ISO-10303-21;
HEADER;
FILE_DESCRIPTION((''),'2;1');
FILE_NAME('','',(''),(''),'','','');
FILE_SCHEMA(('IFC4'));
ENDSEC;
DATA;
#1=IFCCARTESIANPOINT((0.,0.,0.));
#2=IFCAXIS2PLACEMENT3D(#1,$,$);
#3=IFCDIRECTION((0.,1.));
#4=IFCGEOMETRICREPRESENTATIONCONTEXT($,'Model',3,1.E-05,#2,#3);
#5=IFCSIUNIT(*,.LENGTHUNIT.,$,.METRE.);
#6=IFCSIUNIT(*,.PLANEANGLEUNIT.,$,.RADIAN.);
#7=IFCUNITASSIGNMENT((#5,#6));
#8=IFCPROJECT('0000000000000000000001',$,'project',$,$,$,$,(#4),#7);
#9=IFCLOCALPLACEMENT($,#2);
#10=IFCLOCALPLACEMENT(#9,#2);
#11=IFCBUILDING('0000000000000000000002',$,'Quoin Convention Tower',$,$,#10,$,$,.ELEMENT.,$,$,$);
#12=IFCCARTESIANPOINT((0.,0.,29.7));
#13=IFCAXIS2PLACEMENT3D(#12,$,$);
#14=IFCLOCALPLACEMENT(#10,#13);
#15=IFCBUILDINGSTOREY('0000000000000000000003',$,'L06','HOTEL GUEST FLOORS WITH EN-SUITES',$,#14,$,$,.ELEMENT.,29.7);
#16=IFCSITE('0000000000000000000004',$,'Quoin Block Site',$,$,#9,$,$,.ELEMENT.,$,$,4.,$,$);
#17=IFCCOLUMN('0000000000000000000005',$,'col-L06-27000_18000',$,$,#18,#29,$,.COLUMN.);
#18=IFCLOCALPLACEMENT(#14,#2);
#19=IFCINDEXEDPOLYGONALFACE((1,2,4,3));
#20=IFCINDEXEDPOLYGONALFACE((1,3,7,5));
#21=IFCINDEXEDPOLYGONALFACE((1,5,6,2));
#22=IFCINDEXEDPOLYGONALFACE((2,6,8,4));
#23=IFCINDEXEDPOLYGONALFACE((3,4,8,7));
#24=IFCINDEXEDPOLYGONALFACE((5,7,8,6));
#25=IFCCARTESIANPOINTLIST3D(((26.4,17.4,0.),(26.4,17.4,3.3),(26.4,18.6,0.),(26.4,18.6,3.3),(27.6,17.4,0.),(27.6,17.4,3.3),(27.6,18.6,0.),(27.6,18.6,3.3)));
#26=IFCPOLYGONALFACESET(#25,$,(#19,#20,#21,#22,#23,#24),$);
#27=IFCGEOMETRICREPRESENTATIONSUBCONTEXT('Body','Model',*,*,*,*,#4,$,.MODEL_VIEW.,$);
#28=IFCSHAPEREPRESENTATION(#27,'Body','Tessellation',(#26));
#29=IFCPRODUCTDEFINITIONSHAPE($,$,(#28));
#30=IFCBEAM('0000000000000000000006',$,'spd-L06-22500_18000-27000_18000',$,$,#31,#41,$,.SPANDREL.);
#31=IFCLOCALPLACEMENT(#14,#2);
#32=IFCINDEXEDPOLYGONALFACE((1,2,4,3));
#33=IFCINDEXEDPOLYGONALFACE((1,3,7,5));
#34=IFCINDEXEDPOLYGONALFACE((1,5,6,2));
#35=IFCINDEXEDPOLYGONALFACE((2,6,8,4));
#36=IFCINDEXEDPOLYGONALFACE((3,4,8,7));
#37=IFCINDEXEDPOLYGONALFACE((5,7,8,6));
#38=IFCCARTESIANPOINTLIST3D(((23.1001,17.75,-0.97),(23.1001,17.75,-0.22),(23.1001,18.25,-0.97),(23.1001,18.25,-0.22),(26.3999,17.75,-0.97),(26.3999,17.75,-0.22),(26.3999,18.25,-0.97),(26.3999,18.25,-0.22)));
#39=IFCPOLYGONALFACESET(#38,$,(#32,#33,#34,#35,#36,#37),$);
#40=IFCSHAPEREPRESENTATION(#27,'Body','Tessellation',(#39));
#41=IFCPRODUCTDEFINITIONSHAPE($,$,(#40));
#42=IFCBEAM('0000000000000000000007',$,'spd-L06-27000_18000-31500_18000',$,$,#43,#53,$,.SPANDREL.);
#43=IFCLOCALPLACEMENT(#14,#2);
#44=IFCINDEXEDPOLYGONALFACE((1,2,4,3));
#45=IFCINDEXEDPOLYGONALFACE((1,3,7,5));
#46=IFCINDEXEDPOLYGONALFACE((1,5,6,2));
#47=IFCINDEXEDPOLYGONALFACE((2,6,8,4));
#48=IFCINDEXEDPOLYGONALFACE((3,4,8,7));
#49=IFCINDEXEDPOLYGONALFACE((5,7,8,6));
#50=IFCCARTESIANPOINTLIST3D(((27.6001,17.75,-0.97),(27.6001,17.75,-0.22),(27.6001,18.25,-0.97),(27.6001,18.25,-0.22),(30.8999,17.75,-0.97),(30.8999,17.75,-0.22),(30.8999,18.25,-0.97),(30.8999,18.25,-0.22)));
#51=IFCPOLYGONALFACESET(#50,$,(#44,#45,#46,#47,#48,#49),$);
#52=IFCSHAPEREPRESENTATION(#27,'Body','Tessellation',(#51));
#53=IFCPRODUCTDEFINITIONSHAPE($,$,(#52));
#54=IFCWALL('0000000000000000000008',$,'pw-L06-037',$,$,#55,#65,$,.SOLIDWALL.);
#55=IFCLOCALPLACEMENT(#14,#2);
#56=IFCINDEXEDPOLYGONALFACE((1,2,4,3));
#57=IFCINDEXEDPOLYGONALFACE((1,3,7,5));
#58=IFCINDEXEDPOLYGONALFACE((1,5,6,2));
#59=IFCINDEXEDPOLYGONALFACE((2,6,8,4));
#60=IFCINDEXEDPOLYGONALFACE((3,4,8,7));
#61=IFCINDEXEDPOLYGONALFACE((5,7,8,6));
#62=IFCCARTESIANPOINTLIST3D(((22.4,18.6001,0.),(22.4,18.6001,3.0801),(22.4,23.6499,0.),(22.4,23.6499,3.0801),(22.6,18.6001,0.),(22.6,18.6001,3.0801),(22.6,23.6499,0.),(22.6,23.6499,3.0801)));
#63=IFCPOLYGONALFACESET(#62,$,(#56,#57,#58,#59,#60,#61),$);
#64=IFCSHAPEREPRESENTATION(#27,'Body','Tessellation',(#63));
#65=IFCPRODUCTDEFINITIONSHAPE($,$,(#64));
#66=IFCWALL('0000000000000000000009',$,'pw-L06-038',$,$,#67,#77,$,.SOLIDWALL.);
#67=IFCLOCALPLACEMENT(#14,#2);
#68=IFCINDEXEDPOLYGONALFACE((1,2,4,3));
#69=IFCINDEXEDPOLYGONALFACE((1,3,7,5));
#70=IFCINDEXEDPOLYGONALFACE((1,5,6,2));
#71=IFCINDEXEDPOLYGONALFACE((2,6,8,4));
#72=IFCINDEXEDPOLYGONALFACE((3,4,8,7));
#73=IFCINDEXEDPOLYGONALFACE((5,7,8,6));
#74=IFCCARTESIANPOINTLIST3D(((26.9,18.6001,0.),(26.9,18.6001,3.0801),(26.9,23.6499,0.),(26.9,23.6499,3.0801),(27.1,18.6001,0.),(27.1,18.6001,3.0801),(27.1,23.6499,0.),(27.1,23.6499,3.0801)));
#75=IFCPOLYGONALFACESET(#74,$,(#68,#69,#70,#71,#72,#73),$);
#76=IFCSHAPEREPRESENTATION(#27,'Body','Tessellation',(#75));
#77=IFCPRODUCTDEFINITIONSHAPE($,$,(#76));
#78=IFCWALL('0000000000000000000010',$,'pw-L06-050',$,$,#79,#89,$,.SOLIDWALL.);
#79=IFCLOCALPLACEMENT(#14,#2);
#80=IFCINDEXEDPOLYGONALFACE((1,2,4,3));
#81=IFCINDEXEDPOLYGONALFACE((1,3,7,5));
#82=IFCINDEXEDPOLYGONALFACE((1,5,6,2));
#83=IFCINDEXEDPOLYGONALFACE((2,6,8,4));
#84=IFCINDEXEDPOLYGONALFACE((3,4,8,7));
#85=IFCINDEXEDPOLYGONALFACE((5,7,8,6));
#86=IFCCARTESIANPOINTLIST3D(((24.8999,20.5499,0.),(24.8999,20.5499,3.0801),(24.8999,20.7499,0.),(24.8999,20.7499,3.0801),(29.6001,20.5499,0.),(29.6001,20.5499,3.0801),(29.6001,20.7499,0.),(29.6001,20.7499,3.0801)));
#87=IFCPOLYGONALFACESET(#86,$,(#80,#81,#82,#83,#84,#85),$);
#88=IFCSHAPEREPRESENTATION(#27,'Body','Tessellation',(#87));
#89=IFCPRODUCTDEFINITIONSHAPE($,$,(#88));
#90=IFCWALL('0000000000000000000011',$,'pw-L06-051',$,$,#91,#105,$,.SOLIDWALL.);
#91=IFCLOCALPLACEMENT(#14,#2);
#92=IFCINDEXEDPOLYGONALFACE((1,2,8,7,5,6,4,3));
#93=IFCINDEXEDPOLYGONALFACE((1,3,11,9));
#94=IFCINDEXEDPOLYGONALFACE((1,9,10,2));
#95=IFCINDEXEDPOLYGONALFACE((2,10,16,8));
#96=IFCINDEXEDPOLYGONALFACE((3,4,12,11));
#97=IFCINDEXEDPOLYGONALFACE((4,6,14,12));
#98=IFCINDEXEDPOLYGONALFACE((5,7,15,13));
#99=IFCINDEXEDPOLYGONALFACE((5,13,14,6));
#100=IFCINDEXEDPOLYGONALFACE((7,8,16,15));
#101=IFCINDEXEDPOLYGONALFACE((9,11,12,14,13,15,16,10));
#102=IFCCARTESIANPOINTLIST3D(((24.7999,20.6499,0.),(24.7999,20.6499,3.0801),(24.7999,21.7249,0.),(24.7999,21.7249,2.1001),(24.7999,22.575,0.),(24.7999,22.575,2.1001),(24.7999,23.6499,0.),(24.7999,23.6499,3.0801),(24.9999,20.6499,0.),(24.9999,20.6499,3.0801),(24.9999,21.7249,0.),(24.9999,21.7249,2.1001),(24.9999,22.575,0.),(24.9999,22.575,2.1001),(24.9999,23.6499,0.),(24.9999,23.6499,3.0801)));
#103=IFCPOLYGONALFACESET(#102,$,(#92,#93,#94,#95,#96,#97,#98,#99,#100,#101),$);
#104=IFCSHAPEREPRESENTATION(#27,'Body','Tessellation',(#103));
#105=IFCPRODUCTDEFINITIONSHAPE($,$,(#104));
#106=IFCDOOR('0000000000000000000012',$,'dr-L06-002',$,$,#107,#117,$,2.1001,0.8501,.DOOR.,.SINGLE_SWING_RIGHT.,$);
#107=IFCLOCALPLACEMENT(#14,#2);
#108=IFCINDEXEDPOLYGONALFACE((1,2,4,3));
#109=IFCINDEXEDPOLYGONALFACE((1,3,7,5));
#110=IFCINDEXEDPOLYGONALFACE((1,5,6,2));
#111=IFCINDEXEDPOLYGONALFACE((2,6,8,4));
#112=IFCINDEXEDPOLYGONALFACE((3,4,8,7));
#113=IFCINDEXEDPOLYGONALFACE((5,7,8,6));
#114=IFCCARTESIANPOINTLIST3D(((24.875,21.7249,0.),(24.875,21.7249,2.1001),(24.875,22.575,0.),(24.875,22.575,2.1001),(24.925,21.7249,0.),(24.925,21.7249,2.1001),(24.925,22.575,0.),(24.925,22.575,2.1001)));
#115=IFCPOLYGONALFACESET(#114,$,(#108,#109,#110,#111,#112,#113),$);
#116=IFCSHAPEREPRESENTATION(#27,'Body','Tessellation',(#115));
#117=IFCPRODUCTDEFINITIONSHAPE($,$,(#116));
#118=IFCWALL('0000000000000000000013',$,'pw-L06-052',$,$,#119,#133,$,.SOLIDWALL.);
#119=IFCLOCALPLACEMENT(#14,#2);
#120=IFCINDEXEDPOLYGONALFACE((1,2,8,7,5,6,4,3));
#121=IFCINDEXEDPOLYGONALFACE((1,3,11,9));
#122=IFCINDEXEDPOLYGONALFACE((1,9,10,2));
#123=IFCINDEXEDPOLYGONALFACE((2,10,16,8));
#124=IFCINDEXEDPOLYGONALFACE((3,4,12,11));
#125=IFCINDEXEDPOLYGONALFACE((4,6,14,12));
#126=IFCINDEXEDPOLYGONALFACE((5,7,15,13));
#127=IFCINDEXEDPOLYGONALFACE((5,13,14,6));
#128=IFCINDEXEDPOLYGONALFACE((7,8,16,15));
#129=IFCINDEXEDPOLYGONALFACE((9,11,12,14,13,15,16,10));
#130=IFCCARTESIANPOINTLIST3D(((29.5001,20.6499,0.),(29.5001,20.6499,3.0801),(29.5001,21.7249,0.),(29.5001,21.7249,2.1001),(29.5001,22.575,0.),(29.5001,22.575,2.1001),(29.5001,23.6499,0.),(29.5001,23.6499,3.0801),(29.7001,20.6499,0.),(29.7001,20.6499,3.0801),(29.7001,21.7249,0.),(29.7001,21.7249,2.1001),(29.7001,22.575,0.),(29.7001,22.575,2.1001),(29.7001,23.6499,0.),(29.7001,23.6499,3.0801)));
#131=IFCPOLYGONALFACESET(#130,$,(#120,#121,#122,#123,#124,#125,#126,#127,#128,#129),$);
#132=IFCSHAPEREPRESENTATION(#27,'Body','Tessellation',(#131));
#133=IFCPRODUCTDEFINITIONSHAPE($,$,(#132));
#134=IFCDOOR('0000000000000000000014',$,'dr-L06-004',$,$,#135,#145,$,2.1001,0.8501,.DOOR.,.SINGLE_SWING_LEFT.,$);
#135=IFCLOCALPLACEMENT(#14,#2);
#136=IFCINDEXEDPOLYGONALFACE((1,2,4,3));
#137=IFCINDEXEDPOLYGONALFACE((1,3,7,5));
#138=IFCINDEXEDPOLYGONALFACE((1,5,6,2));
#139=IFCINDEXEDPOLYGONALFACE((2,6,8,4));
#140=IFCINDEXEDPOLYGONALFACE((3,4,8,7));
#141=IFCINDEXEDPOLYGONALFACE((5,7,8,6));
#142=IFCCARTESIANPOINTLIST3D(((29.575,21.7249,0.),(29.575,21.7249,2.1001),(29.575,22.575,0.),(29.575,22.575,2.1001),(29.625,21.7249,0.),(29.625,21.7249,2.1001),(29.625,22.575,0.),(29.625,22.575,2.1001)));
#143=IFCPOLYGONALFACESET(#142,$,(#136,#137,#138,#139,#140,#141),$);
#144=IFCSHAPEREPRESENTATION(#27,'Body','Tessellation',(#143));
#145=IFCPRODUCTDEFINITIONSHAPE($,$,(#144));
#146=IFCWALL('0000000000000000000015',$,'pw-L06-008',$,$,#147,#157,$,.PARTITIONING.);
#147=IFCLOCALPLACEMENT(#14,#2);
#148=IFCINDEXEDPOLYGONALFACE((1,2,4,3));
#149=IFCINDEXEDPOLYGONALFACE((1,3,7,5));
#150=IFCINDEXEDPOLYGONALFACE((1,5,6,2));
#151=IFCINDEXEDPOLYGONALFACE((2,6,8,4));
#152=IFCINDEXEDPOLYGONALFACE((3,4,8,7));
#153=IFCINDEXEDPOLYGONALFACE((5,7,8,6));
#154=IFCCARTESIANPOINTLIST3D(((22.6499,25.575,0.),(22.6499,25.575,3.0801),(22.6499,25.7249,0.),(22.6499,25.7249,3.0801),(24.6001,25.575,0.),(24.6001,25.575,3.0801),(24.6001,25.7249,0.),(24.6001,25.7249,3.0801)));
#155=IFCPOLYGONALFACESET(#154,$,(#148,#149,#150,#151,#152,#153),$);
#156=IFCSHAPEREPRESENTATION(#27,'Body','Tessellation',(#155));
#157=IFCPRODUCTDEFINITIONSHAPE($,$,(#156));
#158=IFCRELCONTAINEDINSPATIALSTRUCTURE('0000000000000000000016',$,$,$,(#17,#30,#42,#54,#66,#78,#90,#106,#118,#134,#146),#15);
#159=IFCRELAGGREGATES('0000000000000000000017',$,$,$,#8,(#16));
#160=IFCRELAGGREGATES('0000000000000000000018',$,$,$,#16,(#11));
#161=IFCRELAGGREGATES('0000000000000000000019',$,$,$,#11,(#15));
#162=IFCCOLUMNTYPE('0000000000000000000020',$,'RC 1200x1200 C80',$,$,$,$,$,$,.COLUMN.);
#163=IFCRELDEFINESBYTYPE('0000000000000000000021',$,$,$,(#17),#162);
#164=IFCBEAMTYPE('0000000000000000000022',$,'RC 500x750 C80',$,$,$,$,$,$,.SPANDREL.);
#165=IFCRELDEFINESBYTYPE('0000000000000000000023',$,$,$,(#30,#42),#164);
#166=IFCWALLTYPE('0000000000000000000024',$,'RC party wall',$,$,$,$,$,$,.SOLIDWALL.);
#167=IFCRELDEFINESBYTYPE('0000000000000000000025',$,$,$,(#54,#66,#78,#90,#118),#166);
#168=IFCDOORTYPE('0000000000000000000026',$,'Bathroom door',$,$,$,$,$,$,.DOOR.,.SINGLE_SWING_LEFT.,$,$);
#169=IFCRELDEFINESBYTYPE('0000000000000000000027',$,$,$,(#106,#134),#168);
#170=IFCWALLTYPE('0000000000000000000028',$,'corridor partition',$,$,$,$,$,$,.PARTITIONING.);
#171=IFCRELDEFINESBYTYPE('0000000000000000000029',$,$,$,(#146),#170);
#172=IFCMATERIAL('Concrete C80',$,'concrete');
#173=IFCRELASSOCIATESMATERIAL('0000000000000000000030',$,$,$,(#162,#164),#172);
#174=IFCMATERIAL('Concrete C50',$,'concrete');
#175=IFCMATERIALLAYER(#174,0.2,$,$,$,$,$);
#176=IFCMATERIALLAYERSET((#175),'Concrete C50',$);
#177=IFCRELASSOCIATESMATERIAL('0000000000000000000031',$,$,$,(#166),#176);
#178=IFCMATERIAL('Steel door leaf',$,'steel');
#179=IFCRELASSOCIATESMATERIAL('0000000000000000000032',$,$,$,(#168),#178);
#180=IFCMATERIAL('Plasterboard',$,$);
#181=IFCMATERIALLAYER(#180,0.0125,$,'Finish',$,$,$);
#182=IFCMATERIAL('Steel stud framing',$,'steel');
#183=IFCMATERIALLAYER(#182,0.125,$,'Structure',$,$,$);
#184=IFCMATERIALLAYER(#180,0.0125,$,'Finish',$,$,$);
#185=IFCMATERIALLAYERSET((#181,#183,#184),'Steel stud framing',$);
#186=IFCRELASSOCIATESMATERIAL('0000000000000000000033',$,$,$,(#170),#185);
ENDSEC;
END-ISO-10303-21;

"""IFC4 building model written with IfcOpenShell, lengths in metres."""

from ifc_helpers import new_model, si_unit, direction, frame, frame_2d, origin, origin_2d, place, context, subcontext, project, spatial, rectangle, extrude, material, layer, layer_set, material_profile, profile_set, type_object, element, fill, save


model = new_model("IFC4")

# Units and contexts
model_context = context("Model", 3, precision=1e-05, world=origin(), true_north=direction((0.0, 1.0)))
body_context = subcontext(model_context, "Body", "Model", "MODEL_VIEW")
ifc_project = project(units=[si_unit("LENGTHUNIT", "METRE"), si_unit("PLANEANGLEUNIT", "RADIAN")], contexts=[model_context])

# Site, building, storey
site_placement = place(None, origin())
site = spatial("IfcSite", under=ifc_project, at=site_placement, Name="Quoin Block Site", CompositionType="ELEMENT", RefElevation=4.0)
building_placement = place(site_placement, origin())
building = spatial("IfcBuilding", under=site, at=building_placement, Name="Quoin Convention Tower", CompositionType="ELEMENT")
storey_placement = place(building_placement, frame((0.0, 0.0, 29.7)))
storey = spatial("IfcBuildingStorey", under=building, at=storey_placement, Name="L06", Description="HOTEL GUEST FLOORS WITH EN-SUITES", CompositionType="ELEMENT", Elevation=29.7)

# Column
ifc_material_1 = material(Name="Concrete C80", Category="concrete")
ifc_material_profile_1 = material_profile(ifc_material_1, rectangle(XDim=1.2, YDim=1.2, at=origin_2d()), Name="RC 1200x1200")
ifc_profile_set_1 = profile_set([ifc_material_profile_1], Name="Concrete C80")
column_type = type_object("IfcColumnType", Name="RC 1200x1200 C80", PredefinedType="COLUMN", material=ifc_profile_set_1)
column_placement = place(storey_placement, frame((27.0, 18.0, 0.0), z_axis=(0.0, 0.0, 1.0), x_axis=(1.0, 0.0, 0.0)))
element("IfcColumn", 1, at=column_placement, inside=storey, type_object=column_type, Name="col-L06-27000_18000", PredefinedType="COLUMN", context=body_context, shape_type="SweptSolid", body=[
    extrude(rectangle(XDim=1.2, YDim=1.2, at=origin_2d()), origin(), (0.0, 0.0, 1.0), 3.3),
])

# Beams
ifc_material_profile_2 = material_profile(ifc_material_1, rectangle(XDim=0.5, YDim=0.75, at=origin_2d()), Name="RC 500x750")
ifc_profile_set_2 = profile_set([ifc_material_profile_2], Name="Concrete C80")
beam_type = type_object("IfcBeamType", Name="RC 500x750 C80", PredefinedType="SPANDREL", material=ifc_profile_set_2)
for number, where, z_axis, x_axis, name in (
    (2, (23.1001, 18.0, -0.595), (1.0, 0.0, 0.0), (0.0, 1.0, 0.0), "spd-L06-22500_18000-27000_18000"),
    (3, (27.6001, 18.0, -0.595), (1.0, 0.0, 0.0), (0.0, 1.0, 0.0), "spd-L06-27000_18000-31500_18000"),
):
    element("IfcBeam", number, at=place(storey_placement, frame(where, z_axis=z_axis, x_axis=x_axis)), inside=storey, type_object=beam_type, Name=name, PredefinedType="SPANDREL", context=body_context, shape_type="SweptSolid", body=[
        extrude(rectangle(XDim=0.5, YDim=0.75, at=origin_2d()), origin(), (0.0, 0.0, 1.0), 3.2998),
    ])

# Walls
ifc_material_2 = material(Name="Concrete C50", Category="concrete")
ifc_layer_1 = layer(ifc_material_2, 0.2)
ifc_layer_set_1 = layer_set([ifc_layer_1], Name="Concrete C50")
wall_type_1 = type_object("IfcWallType", Name="RC party wall", PredefinedType="SOLIDWALL", material=ifc_layer_set_1)
for number, where, z_axis, x_axis, name in (
    (4, (22.5, 18.6001, 0.0), (0.0, 0.0, 1.0), (0.0, 1.0, 0.0), "pw-L06-037"),
    (5, (27.0, 18.6001, 0.0), (0.0, 0.0, 1.0), (0.0, 1.0, 0.0), "pw-L06-038"),
):
    element("IfcWall", number, at=place(storey_placement, frame(where, z_axis=z_axis, x_axis=x_axis)), inside=storey, type_object=wall_type_1, Name=name, PredefinedType="SOLIDWALL", context=body_context, shape_type="SweptSolid", body=[
        extrude(rectangle(XDim=5.0498, YDim=0.2, at=frame_2d((2.5249, 0.0))), origin(), (0.0, 0.0, 1.0), 3.0801),
    ])
wall_1_placement = place(storey_placement, frame((24.8999, 20.6499, 0.0), z_axis=(0.0, 0.0, 1.0), x_axis=(1.0, 0.0, 0.0)))
element("IfcWall", 6, at=wall_1_placement, inside=storey, type_object=wall_type_1, Name="pw-L06-050", PredefinedType="SOLIDWALL", context=body_context, shape_type="SweptSolid", body=[
    extrude(rectangle(XDim=4.7002, YDim=0.2, at=frame_2d((2.3501, 0.0))), origin(), (0.0, 0.0, 1.0), 3.0801),
])

# Walls, openings, doors
wall_2_placement = place(storey_placement, frame((24.8999, 20.6499, 0.0), z_axis=(0.0, 0.0, 1.0), x_axis=(0.0, 1.0, 0.0)))
wall_2 = element("IfcWall", 7, at=wall_2_placement, inside=storey, type_object=wall_type_1, Name="pw-L06-051", PredefinedType="SOLIDWALL", context=body_context, shape_type="SweptSolid", body=[
    extrude(rectangle(XDim=3.0, YDim=0.2, at=frame_2d((1.5, 0.0))), origin(), (0.0, 0.0, 1.0), 3.0801),
])
opening_1_placement = place(wall_2_placement, frame((1.075, 0.0, 0.0)))
opening_1 = element("IfcOpeningElement", 8, at=opening_1_placement, cuts=wall_2, PredefinedType="OPENING", context=body_context, shape_type="SweptSolid", body=[
    extrude(rectangle(XDim=0.8501, YDim=2.1001, at=frame_2d((0.425, 1.05))), frame((0.0, 0.1099, 0.0), z_axis=(0.0, -1.0, 0.0), x_axis=(1.0, 0.0, 0.0)), (0.0, 0.0, 1.0), 0.22),
])
ifc_material_3 = material(Name="Steel door leaf", Category="steel")
door_type_1 = type_object("IfcDoorType", Name="Bathroom door", OperationType="SINGLE_SWING_LEFT", PredefinedType="DOOR", material=ifc_material_3)
door_1_placement = place(opening_1_placement, origin())
door_1 = element("IfcDoor", 9, at=door_1_placement, inside=storey, type_object=door_type_1, Name="dr-L06-002", OperationType="SINGLE_SWING_RIGHT", OverallHeight=2.1001, OverallWidth=0.8501, PredefinedType="DOOR", context=body_context, shape_type="SweptSolid", body=[
    extrude(rectangle(XDim=0.8501, YDim=2.1001, at=frame_2d((0.425, 1.05))), frame((0.0, 0.0249, 0.0), z_axis=(0.0, -1.0, 0.0), x_axis=(1.0, 0.0, 0.0)), (0.0, 0.0, 1.0), 0.05),
])
fill(opening_1, door_1)
wall_3_placement = place(storey_placement, frame((29.6001, 20.6499, 0.0), z_axis=(0.0, 0.0, 1.0), x_axis=(0.0, 1.0, 0.0)))
wall_3 = element("IfcWall", 10, at=wall_3_placement, inside=storey, type_object=wall_type_1, Name="pw-L06-052", PredefinedType="SOLIDWALL", context=body_context, shape_type="SweptSolid", body=[
    extrude(rectangle(XDim=3.0, YDim=0.2, at=frame_2d((1.5, 0.0))), origin(), (0.0, 0.0, 1.0), 3.0801),
])
opening_2_placement = place(wall_3_placement, frame((1.075, 0.0, 0.0)))
opening_2 = element("IfcOpeningElement", 11, at=opening_2_placement, cuts=wall_3, PredefinedType="OPENING", context=body_context, shape_type="SweptSolid", body=[
    extrude(rectangle(XDim=0.8501, YDim=2.1001, at=frame_2d((0.425, 1.05))), frame((0.0, 0.1099, 0.0), z_axis=(0.0, -1.0, 0.0), x_axis=(1.0, 0.0, 0.0)), (0.0, 0.0, 1.0), 0.22),
])
door_2_placement = place(opening_2_placement, frame((0.8501, 0.0, 0.0), z_axis=(0.0, 0.0, 1.0), x_axis=(-1.0, 0.0, 0.0)))
door_2 = element("IfcDoor", 12, at=door_2_placement, inside=storey, type_object=door_type_1, Name="dr-L06-004", OperationType="SINGLE_SWING_LEFT", OverallHeight=2.1001, OverallWidth=0.8501, PredefinedType="DOOR", context=body_context, shape_type="SweptSolid", body=[
    extrude(rectangle(XDim=0.8501, YDim=2.1001, at=frame_2d((0.425, 1.05))), frame((0.0, 0.0249, 0.0), z_axis=(0.0, -1.0, 0.0), x_axis=(1.0, 0.0, 0.0)), (0.0, 0.0, 1.0), 0.05),
])
fill(opening_2, door_2)

# Wall
ifc_material_4 = material(Name="Plasterboard")
ifc_layer_2 = layer(ifc_material_4, 0.0125, Name="Finish")
ifc_material_5 = material(Name="Steel stud framing", Category="steel")
ifc_layer_3 = layer(ifc_material_5, 0.125, Name="Structure")
ifc_layer_4 = layer(ifc_material_4, 0.0125, Name="Finish")
ifc_layer_set_2 = layer_set([ifc_layer_2, ifc_layer_3, ifc_layer_4], Name="Steel stud framing")
wall_type_2 = type_object("IfcWallType", Name="corridor partition", PredefinedType="PARTITIONING", material=ifc_layer_set_2)
wall_4_placement = place(storey_placement, frame((22.6499, 25.6499, 0.0), z_axis=(0.0, 0.0, 1.0), x_axis=(1.0, 0.0, 0.0)))
element("IfcWall", 13, at=wall_4_placement, inside=storey, type_object=wall_type_2, Name="pw-L06-008", PredefinedType="PARTITIONING", context=body_context, shape_type="SweptSolid", body=[
    extrude(rectangle(XDim=1.9502, YDim=0.1499, at=frame_2d((0.9751, 0.0))), origin(), (0.0, 0.0, 1.0), 3.0801),
])

save(model, "model.ifc")
